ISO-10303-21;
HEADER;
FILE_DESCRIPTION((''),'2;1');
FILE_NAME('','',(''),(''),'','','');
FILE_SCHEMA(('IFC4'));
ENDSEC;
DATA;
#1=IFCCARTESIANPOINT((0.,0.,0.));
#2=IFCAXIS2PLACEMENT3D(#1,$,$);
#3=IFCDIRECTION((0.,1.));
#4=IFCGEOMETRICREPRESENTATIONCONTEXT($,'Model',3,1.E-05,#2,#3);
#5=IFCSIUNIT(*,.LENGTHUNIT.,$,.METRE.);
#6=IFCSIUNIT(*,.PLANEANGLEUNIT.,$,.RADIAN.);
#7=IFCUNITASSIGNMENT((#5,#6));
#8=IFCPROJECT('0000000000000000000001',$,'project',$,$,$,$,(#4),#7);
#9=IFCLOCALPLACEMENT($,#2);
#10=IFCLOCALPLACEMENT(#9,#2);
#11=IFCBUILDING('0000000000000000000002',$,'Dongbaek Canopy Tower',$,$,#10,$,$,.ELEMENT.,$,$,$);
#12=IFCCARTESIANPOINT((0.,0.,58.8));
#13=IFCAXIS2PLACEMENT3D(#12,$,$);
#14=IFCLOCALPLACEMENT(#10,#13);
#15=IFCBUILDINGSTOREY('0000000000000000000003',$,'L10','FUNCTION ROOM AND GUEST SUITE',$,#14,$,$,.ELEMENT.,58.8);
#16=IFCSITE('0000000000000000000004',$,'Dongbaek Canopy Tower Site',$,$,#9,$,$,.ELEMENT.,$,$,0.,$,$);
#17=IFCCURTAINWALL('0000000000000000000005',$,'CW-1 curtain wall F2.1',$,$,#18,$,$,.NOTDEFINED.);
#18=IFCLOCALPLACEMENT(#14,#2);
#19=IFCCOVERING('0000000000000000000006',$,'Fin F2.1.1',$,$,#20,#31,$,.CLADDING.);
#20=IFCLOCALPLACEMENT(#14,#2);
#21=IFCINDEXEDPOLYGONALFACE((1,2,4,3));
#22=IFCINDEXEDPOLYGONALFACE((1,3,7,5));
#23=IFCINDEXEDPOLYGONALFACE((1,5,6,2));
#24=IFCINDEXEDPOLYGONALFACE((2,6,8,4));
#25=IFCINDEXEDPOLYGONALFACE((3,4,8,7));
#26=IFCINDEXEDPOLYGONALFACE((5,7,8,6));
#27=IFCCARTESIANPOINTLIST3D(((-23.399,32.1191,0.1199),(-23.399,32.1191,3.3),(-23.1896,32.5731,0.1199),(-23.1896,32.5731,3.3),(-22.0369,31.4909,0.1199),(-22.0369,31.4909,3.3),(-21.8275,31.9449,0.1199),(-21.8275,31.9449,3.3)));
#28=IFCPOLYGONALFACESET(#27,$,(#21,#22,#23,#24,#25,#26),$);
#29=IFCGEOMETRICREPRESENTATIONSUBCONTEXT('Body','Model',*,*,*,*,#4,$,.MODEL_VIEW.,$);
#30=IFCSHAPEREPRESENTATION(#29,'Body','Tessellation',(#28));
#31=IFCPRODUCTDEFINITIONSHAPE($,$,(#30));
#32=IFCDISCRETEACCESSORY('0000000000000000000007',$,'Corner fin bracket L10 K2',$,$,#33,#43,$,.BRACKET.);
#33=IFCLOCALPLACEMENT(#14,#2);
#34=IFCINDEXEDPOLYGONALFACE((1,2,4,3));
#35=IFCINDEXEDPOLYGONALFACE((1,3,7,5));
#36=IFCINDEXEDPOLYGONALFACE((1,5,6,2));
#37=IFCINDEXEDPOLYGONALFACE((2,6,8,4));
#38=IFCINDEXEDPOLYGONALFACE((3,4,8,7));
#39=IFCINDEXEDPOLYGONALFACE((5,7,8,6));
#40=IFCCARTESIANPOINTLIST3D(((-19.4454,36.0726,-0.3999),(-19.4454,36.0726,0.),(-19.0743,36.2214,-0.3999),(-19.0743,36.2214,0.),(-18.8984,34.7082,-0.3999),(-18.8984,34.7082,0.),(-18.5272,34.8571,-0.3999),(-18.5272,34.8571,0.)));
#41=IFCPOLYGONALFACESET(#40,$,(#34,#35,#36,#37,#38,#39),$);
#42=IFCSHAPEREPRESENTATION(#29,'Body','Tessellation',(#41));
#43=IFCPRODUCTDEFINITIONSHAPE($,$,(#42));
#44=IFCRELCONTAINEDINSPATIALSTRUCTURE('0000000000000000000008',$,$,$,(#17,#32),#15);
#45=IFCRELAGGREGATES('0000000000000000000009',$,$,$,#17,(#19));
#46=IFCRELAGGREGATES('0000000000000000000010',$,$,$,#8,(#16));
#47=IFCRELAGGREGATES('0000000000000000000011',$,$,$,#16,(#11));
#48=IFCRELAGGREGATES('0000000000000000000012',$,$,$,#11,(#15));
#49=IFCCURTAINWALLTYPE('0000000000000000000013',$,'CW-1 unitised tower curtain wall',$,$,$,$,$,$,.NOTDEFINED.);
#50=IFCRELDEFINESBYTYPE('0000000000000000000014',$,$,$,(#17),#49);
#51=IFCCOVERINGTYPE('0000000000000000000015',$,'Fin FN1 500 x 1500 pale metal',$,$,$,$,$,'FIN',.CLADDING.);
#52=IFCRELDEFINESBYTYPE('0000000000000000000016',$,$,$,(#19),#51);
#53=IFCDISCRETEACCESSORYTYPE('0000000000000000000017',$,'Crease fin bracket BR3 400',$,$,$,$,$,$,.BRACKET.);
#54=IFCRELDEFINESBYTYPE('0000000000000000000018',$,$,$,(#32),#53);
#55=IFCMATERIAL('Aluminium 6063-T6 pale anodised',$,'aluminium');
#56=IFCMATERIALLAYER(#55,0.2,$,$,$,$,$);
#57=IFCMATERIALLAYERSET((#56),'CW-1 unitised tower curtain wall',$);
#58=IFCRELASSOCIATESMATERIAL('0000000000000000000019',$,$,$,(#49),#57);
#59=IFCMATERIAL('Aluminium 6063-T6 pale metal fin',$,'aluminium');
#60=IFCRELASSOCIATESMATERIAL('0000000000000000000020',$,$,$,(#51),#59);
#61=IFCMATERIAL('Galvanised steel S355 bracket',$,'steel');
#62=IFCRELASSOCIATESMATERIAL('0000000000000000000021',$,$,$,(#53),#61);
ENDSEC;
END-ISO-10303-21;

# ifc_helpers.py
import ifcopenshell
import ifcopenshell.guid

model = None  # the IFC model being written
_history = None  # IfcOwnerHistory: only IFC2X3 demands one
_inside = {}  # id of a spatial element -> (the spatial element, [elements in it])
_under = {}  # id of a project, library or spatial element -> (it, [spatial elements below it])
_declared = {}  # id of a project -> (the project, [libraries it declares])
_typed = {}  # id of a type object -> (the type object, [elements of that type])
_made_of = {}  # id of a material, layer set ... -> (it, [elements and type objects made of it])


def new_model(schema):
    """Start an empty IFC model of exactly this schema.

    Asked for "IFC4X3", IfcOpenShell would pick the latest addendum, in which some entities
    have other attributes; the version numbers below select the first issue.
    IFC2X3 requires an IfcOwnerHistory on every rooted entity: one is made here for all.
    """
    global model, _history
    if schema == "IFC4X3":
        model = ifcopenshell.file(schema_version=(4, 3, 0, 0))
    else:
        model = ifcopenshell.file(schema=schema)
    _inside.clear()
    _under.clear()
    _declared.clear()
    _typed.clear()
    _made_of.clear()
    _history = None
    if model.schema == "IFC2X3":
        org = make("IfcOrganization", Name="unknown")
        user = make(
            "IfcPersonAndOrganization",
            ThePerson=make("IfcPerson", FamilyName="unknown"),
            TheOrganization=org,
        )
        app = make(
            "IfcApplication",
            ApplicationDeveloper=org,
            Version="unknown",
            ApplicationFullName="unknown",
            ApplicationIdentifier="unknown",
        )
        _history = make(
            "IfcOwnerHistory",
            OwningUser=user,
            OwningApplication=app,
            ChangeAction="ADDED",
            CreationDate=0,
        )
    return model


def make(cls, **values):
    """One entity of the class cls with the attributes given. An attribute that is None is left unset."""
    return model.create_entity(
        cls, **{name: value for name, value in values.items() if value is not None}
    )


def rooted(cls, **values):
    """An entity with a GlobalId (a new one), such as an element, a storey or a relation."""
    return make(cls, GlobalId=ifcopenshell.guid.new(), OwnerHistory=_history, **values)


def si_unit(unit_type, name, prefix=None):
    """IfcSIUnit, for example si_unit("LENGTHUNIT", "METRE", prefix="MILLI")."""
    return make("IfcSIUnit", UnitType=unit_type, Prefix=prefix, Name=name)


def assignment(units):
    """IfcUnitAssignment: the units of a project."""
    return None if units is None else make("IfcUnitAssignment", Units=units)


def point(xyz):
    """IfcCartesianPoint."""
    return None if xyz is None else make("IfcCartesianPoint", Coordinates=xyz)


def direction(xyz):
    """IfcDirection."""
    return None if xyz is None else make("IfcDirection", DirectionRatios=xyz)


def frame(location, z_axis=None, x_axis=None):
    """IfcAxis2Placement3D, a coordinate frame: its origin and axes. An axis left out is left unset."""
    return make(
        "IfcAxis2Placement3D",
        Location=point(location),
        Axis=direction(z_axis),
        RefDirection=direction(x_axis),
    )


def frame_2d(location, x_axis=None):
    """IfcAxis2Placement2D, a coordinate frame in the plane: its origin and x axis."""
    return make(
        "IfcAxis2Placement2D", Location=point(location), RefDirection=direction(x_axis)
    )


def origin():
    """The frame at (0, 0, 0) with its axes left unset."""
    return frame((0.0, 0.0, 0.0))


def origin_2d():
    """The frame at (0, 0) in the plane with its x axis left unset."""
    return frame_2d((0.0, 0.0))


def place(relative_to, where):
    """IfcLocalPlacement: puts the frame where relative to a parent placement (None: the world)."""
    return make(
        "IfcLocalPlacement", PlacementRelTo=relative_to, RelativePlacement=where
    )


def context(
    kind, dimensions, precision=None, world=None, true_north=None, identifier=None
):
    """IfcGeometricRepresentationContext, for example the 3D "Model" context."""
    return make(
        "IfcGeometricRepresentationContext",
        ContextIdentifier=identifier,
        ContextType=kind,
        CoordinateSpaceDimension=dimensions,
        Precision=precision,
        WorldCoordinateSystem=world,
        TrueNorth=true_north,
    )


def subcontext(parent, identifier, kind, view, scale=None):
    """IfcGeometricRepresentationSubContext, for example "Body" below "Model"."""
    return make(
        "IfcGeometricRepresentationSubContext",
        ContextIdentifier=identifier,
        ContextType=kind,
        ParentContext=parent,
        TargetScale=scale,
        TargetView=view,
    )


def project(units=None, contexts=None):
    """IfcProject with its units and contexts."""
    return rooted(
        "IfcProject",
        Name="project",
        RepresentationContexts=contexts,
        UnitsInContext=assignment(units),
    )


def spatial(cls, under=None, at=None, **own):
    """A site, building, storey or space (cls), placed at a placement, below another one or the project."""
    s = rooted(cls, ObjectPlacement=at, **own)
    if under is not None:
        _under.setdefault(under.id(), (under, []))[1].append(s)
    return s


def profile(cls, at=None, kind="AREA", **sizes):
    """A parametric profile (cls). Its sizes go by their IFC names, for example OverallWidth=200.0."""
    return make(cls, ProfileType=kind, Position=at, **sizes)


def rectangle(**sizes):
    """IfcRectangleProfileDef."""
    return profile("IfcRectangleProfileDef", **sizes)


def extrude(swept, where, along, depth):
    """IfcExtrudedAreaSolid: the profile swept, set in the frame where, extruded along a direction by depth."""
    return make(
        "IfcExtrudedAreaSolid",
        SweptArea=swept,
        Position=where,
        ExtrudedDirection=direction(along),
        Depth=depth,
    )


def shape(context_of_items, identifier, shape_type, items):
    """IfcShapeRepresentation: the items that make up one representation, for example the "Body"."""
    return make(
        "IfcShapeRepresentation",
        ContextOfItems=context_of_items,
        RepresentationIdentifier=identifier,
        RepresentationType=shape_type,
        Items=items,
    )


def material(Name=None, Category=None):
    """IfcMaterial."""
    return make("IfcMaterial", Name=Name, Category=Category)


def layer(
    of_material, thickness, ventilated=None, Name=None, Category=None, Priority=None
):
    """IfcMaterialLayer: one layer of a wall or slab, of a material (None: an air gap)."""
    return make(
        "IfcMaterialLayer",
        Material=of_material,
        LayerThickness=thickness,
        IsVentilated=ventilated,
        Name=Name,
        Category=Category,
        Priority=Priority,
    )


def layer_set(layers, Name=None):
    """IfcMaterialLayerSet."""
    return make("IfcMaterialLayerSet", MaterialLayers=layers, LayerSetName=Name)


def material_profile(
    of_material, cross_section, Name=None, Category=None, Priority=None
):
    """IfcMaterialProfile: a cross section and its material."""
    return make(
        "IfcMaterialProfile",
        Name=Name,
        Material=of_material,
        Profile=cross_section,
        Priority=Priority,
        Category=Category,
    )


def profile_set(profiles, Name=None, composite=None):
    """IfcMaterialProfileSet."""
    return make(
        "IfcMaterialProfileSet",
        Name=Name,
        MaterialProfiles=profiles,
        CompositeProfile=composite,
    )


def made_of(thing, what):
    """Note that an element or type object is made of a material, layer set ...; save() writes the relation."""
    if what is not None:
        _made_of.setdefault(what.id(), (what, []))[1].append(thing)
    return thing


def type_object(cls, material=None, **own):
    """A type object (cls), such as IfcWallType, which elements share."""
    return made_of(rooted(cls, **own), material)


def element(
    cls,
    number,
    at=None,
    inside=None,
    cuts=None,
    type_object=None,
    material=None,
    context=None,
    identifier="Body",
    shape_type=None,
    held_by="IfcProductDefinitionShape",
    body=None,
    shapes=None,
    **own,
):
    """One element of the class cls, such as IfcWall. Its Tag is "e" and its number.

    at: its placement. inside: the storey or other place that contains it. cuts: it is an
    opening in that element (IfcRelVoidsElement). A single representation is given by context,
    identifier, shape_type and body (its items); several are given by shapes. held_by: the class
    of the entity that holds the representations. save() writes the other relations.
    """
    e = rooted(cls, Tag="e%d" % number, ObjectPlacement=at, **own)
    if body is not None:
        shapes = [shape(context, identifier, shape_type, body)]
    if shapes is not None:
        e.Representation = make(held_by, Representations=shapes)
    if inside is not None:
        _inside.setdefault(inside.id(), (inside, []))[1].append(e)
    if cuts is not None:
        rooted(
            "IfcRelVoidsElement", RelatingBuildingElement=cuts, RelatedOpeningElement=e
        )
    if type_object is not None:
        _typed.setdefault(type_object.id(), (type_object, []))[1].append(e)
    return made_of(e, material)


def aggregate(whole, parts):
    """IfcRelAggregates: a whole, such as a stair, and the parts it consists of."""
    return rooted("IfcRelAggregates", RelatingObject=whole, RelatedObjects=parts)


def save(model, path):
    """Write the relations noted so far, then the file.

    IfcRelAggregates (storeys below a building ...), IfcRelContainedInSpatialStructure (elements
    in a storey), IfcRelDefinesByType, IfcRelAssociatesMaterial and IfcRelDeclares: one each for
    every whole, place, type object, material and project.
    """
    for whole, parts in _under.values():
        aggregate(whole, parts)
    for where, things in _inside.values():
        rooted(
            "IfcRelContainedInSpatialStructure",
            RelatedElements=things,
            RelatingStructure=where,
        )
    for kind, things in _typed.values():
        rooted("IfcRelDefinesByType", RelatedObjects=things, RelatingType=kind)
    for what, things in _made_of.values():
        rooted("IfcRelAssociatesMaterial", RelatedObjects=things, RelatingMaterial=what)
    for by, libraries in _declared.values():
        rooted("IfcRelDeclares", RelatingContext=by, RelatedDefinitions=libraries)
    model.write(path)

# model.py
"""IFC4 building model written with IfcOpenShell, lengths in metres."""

from ifc_helpers import new_model, si_unit, direction, frame, origin, origin_2d, place, context, subcontext, project, spatial, rectangle, extrude, material, layer, layer_set, material_profile, profile_set, type_object, element, aggregate, save


model = new_model("IFC4")

# Units and contexts
model_context = context("Model", 3, precision=1e-05, world=origin(), true_north=direction((0.0, 1.0)))
body_context = subcontext(model_context, "Body", "Model", "MODEL_VIEW")
ifc_project = project(units=[si_unit("LENGTHUNIT", "METRE"), si_unit("PLANEANGLEUNIT", "RADIAN")], contexts=[model_context])

# Site, building, storey
site_placement = place(None, origin())
site = spatial("IfcSite", under=ifc_project, at=site_placement, Name="Dongbaek Canopy Tower Site", CompositionType="ELEMENT", RefElevation=0.0)
building_placement = place(site_placement, origin())
building = spatial("IfcBuilding", under=site, at=building_placement, Name="Dongbaek Canopy Tower", CompositionType="ELEMENT")
storey_placement = place(building_placement, frame((0.0, 0.0, 58.8)))
storey = spatial("IfcBuildingStorey", under=building, at=storey_placement, Name="L10", Description="FUNCTION ROOM AND GUEST SUITE", CompositionType="ELEMENT", Elevation=58.8)

# Shared definitions
ifc_material_1 = material(Name="Aluminium 6063-T6 pale anodised", Category="aluminium")
ifc_layer_1 = layer(ifc_material_1, 0.2)
ifc_layer_set_1 = layer_set([ifc_layer_1], Name="CW-1 unitised tower curtain wall")
curtain_wall_type = type_object("IfcCurtainWallType", Name="CW-1 unitised tower curtain wall", PredefinedType="NOTDEFINED", material=ifc_layer_set_1)

# Curtain wall
curtain_wall_1_placement = place(storey_placement, origin())
curtain_wall_1 = element("IfcCurtainWall", 1, at=curtain_wall_1_placement, inside=storey, type_object=curtain_wall_type, Name="CW-1 curtain wall F2.1", PredefinedType="NOTDEFINED")

# Covering
ifc_material_2 = material(Name="Aluminium 6063-T6 pale metal fin", Category="aluminium")
ifc_material_profile_1 = material_profile(ifc_material_2, rectangle(XDim=1.5, YDim=0.5, at=origin_2d()), Name="Fin FN1 500 x 1500 pale metal")
ifc_profile_set_1 = profile_set([ifc_material_profile_1], Name="Aluminium 6063-T6 pale metal fin")
covering_type_1 = type_object("IfcCoveringType", Name="Fin FN1 500 x 1500 pale metal", ElementType="FIN", PredefinedType="CLADDING", material=ifc_profile_set_1)
covering_1_placement = place(storey_placement, frame((-22.6133, 32.032, 0.1199), z_axis=(0.0, 0.0, 1.0), x_axis=(-0.908073, 0.418811, 0.0)))
covering_1 = element("IfcCovering", 2, at=covering_1_placement, type_object=covering_type_1, Name="Fin F2.1.1", PredefinedType="CLADDING", context=body_context, shape_type="SweptSolid", body=[
    extrude(rectangle(XDim=1.5, YDim=0.5, at=origin_2d()), origin(), (0.0, 0.0, 1.0), 3.1802),
])
aggregate(curtain_wall_1, [covering_1])

# Discrete accessory
ifc_material_3 = material(Name="Galvanised steel S355 bracket", Category="steel")
discrete_accessory_type = type_object("IfcDiscreteAccessoryType", Name="Crease fin bracket BR3 400", PredefinedType="BRACKET", material=ifc_material_3)
discrete_accessory_placement = place(storey_placement, frame((-18.9863, 35.4648, -0.3999), z_axis=(0.0, 0.0, 1.0), x_axis=(-0.372155, 0.92817, 0.0)))
element("IfcDiscreteAccessory", 3, at=discrete_accessory_placement, inside=storey, type_object=discrete_accessory_type, Name="Corner fin bracket L10 K2", PredefinedType="BRACKET", context=body_context, shape_type="SweptSolid", body=[
    extrude(rectangle(XDim=1.47, YDim=0.3999, at=origin_2d()), origin(), (0.0, 0.0, 1.0), 0.3999),
])

save(model, "model.ifc")
